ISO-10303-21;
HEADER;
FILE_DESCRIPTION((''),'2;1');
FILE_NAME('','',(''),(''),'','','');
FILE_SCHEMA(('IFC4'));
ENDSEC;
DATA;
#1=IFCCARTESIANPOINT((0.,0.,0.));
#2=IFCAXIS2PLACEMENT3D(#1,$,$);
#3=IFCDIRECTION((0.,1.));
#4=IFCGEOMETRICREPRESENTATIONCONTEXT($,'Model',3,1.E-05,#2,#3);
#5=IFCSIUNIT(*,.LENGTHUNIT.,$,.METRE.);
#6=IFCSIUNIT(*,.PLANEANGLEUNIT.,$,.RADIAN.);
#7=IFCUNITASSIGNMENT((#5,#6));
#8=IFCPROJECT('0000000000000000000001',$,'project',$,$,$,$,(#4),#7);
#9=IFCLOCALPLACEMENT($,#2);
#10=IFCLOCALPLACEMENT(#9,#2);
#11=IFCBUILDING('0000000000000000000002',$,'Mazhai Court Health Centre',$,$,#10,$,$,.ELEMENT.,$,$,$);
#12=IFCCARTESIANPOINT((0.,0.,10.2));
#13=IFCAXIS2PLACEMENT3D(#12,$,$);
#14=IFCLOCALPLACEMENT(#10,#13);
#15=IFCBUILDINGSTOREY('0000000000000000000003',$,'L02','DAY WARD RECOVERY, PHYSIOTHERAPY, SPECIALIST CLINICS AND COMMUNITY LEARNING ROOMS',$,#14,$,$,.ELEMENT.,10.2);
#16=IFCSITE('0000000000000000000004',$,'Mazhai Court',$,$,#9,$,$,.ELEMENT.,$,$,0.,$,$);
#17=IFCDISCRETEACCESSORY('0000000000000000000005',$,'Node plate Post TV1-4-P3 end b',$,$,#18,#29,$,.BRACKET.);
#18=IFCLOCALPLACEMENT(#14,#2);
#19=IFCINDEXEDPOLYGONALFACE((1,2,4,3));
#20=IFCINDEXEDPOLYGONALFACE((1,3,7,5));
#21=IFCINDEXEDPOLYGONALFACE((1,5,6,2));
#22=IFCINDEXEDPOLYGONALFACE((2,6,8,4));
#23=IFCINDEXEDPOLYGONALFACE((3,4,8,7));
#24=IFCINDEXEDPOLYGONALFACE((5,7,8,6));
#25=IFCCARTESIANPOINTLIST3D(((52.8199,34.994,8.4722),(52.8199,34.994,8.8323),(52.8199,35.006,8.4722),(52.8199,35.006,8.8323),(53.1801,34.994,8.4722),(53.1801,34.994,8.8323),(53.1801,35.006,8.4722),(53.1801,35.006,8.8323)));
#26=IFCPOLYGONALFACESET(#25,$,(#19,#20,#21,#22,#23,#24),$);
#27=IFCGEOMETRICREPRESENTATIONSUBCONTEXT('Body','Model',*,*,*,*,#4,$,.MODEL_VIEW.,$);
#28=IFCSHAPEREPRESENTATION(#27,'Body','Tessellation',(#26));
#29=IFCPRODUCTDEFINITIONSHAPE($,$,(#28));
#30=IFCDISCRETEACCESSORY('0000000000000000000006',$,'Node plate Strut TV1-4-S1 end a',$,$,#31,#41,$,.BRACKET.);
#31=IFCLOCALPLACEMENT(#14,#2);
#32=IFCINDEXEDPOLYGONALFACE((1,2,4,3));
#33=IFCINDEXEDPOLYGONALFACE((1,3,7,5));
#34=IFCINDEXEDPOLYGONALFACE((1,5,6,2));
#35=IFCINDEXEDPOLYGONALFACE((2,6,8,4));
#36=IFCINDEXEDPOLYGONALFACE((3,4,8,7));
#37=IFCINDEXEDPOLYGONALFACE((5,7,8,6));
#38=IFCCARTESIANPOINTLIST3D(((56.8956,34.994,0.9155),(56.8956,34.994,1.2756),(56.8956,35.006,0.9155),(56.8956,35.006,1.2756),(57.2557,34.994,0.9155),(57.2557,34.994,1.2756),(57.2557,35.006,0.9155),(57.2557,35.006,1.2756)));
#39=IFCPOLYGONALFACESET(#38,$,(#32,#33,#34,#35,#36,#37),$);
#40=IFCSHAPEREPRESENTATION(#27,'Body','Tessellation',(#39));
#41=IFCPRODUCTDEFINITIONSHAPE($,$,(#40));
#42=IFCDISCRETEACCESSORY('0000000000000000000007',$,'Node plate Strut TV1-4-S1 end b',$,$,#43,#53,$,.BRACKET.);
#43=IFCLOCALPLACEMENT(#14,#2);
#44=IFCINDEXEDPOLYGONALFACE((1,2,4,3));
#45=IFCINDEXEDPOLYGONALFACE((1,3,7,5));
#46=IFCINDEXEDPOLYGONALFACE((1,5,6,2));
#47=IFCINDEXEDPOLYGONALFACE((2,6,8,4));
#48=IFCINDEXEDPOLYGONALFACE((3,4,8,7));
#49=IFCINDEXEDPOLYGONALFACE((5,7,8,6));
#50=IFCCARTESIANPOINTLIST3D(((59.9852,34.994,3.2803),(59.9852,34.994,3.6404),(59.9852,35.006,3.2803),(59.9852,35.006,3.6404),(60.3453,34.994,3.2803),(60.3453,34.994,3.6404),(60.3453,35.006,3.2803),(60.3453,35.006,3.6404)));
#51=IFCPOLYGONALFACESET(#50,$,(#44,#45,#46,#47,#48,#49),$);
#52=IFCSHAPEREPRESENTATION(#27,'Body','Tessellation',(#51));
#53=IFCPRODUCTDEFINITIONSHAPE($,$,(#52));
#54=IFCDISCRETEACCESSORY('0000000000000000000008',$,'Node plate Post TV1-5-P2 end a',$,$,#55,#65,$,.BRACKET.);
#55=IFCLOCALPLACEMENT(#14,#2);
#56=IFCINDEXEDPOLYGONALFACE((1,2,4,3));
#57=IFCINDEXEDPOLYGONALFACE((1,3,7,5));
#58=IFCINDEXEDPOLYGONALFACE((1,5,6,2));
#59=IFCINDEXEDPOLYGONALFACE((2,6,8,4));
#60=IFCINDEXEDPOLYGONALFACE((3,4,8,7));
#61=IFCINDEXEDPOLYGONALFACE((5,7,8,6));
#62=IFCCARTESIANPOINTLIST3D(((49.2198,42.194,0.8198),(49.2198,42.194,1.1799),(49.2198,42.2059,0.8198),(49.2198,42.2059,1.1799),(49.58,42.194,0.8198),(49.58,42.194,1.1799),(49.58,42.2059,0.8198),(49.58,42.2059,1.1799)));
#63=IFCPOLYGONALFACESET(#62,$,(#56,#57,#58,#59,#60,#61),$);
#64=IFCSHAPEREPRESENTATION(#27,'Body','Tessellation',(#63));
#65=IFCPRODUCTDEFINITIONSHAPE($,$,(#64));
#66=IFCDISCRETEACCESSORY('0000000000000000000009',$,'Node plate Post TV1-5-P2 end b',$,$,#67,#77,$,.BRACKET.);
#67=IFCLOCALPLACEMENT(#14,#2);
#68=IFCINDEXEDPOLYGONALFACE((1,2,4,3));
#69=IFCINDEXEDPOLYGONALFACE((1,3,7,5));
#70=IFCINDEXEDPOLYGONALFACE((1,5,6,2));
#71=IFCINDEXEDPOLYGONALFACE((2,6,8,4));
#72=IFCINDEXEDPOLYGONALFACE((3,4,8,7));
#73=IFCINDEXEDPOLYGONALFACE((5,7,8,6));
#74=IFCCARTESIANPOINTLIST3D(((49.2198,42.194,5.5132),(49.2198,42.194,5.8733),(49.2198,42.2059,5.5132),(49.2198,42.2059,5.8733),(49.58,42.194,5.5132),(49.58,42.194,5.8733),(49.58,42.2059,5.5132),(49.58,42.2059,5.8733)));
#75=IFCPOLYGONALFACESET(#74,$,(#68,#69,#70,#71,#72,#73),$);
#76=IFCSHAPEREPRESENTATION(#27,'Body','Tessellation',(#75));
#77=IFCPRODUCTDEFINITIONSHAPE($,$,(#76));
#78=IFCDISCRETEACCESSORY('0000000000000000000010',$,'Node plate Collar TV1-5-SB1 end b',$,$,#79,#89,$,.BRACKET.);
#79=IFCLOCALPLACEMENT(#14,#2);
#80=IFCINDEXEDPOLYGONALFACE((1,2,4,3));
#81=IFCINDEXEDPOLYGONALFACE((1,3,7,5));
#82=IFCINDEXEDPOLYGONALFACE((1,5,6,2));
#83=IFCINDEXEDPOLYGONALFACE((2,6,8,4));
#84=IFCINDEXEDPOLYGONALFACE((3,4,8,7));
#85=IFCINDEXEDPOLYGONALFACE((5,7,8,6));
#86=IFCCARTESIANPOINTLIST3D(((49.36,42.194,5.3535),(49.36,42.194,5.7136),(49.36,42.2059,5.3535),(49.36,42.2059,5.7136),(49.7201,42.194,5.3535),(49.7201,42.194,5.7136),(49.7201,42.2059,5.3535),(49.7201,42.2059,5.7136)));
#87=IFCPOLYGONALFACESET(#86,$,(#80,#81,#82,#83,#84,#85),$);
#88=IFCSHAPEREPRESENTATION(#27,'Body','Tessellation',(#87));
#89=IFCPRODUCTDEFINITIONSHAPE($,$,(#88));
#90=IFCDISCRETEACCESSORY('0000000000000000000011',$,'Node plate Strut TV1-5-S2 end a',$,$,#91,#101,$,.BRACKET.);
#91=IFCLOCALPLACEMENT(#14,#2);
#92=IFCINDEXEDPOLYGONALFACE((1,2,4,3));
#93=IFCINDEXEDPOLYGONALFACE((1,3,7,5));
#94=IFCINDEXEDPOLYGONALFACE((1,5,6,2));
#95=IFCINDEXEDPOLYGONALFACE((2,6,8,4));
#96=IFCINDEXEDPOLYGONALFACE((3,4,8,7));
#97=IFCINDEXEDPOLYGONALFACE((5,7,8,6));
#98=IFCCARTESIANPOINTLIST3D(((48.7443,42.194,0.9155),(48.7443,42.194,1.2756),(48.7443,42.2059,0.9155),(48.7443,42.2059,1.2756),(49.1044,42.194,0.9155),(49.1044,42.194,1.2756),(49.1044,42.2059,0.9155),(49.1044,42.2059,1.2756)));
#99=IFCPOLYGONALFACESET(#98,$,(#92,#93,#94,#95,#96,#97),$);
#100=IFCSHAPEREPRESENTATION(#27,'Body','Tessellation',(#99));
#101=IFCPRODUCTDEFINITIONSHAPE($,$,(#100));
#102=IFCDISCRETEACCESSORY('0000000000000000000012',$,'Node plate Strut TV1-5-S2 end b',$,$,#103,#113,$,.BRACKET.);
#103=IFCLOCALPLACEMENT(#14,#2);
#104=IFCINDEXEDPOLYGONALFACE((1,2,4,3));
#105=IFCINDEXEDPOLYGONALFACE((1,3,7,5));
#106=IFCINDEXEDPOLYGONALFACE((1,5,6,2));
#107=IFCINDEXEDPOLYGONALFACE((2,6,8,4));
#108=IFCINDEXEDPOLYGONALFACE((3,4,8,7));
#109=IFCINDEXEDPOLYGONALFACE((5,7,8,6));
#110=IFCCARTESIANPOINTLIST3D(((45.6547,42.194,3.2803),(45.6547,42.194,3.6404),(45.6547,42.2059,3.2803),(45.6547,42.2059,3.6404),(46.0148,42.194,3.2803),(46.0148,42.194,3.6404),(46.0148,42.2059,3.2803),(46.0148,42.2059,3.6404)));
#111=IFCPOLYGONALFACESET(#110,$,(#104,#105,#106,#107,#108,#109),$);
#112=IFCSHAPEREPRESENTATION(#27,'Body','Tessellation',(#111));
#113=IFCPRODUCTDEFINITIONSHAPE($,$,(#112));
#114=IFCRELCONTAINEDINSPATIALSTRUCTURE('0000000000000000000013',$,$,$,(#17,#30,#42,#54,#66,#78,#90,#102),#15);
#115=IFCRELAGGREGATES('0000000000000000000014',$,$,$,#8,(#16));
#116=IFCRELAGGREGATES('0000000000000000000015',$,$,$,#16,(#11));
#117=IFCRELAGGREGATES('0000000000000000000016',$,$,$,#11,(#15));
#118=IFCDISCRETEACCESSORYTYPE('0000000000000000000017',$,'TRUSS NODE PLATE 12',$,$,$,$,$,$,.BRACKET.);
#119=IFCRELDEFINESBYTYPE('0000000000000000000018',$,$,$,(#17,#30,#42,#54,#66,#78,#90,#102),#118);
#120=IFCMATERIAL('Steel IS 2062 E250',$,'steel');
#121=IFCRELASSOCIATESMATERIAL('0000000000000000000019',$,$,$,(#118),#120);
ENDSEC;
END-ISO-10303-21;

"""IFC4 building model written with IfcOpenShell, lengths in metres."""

from ifc_helpers import new_model, si_unit, direction, frame, origin, origin_2d, place, context, subcontext, project, spatial, rectangle, extrude, material, type_object, element, save


model = new_model("IFC4")

# Units and contexts
model_context = context("Model", 3, precision=1e-05, world=origin(), true_north=direction((0.0, 1.0)))
body_context = subcontext(model_context, "Body", "Model", "MODEL_VIEW")
ifc_project = project(units=[si_unit("LENGTHUNIT", "METRE"), si_unit("PLANEANGLEUNIT", "RADIAN")], contexts=[model_context])

# Site, building, storey
site_placement = place(None, origin())
site = spatial("IfcSite", under=ifc_project, at=site_placement, Name="Mazhai Court", CompositionType="ELEMENT", RefElevation=0.0)
building_placement = place(site_placement, origin())
building = spatial("IfcBuilding", under=site, at=building_placement, Name="Mazhai Court Health Centre", CompositionType="ELEMENT")
storey_placement = place(building_placement, frame((0.0, 0.0, 10.2)))
storey = spatial("IfcBuildingStorey", under=building, at=storey_placement, Name="L02", Description="DAY WARD RECOVERY, PHYSIOTHERAPY, SPECIALIST CLINICS AND COMMUNITY LEARNING ROOMS", CompositionType="ELEMENT", Elevation=10.2)

# Discrete accessories
ifc_material_1 = material(Name="Steel IS 2062 E250", Category="steel")
discrete_accessory_type = type_object("IfcDiscreteAccessoryType", Name="TRUSS NODE PLATE 12", PredefinedType="BRACKET", material=ifc_material_1)
for number, where, z_axis, x_axis, name in (
    (1, (53.0, 35.0, 8.4722), (0.0, 0.0, 1.0), (1.0, 0.0, 0.0), "Node plate Post TV1-4-P3 end b"),
    (2, (57.0757, 35.0, 0.9155), (0.0, 0.0, 1.0), (1.0, 0.0, 0.0), "Node plate Strut TV1-4-S1 end a"),
    (3, (60.1653, 35.0, 3.2803), (0.0, 0.0, 1.0), (1.0, 0.0, 0.0), "Node plate Strut TV1-4-S1 end b"),
    (4, (49.3999, 42.2, 0.8198), (0.0, 0.0, 1.0), (1.0, 0.0, 0.0), "Node plate Post TV1-5-P2 end a"),
    (5, (49.3999, 42.2, 5.5132), (0.0, 0.0, 1.0), (1.0, 0.0, 0.0), "Node plate Post TV1-5-P2 end b"),
    (6, (49.54, 42.2, 5.3535), (0.0, 0.0, 1.0), (1.0, 0.0, 0.0), "Node plate Collar TV1-5-SB1 end b"),
    (7, (48.9243, 42.2, 0.9155), (0.0, 0.0, 1.0), (1.0, 0.0, 0.0), "Node plate Strut TV1-5-S2 end a"),
    (8, (45.8347, 42.2, 3.2803), (0.0, 0.0, 1.0), (1.0, 0.0, 0.0), "Node plate Strut TV1-5-S2 end b"),
):
    element("IfcDiscreteAccessory", number, at=place(storey_placement, frame(where, z_axis=z_axis, x_axis=x_axis)), inside=storey, type_object=discrete_accessory_type, Name=name, PredefinedType="BRACKET", context=body_context, shape_type="SweptSolid", body=[
        extrude(rectangle(XDim=0.3601, YDim=0.012, at=origin_2d()), origin(), (0.0, 0.0, 1.0), 0.3601),
    ])

save(model, "model.ifc")
